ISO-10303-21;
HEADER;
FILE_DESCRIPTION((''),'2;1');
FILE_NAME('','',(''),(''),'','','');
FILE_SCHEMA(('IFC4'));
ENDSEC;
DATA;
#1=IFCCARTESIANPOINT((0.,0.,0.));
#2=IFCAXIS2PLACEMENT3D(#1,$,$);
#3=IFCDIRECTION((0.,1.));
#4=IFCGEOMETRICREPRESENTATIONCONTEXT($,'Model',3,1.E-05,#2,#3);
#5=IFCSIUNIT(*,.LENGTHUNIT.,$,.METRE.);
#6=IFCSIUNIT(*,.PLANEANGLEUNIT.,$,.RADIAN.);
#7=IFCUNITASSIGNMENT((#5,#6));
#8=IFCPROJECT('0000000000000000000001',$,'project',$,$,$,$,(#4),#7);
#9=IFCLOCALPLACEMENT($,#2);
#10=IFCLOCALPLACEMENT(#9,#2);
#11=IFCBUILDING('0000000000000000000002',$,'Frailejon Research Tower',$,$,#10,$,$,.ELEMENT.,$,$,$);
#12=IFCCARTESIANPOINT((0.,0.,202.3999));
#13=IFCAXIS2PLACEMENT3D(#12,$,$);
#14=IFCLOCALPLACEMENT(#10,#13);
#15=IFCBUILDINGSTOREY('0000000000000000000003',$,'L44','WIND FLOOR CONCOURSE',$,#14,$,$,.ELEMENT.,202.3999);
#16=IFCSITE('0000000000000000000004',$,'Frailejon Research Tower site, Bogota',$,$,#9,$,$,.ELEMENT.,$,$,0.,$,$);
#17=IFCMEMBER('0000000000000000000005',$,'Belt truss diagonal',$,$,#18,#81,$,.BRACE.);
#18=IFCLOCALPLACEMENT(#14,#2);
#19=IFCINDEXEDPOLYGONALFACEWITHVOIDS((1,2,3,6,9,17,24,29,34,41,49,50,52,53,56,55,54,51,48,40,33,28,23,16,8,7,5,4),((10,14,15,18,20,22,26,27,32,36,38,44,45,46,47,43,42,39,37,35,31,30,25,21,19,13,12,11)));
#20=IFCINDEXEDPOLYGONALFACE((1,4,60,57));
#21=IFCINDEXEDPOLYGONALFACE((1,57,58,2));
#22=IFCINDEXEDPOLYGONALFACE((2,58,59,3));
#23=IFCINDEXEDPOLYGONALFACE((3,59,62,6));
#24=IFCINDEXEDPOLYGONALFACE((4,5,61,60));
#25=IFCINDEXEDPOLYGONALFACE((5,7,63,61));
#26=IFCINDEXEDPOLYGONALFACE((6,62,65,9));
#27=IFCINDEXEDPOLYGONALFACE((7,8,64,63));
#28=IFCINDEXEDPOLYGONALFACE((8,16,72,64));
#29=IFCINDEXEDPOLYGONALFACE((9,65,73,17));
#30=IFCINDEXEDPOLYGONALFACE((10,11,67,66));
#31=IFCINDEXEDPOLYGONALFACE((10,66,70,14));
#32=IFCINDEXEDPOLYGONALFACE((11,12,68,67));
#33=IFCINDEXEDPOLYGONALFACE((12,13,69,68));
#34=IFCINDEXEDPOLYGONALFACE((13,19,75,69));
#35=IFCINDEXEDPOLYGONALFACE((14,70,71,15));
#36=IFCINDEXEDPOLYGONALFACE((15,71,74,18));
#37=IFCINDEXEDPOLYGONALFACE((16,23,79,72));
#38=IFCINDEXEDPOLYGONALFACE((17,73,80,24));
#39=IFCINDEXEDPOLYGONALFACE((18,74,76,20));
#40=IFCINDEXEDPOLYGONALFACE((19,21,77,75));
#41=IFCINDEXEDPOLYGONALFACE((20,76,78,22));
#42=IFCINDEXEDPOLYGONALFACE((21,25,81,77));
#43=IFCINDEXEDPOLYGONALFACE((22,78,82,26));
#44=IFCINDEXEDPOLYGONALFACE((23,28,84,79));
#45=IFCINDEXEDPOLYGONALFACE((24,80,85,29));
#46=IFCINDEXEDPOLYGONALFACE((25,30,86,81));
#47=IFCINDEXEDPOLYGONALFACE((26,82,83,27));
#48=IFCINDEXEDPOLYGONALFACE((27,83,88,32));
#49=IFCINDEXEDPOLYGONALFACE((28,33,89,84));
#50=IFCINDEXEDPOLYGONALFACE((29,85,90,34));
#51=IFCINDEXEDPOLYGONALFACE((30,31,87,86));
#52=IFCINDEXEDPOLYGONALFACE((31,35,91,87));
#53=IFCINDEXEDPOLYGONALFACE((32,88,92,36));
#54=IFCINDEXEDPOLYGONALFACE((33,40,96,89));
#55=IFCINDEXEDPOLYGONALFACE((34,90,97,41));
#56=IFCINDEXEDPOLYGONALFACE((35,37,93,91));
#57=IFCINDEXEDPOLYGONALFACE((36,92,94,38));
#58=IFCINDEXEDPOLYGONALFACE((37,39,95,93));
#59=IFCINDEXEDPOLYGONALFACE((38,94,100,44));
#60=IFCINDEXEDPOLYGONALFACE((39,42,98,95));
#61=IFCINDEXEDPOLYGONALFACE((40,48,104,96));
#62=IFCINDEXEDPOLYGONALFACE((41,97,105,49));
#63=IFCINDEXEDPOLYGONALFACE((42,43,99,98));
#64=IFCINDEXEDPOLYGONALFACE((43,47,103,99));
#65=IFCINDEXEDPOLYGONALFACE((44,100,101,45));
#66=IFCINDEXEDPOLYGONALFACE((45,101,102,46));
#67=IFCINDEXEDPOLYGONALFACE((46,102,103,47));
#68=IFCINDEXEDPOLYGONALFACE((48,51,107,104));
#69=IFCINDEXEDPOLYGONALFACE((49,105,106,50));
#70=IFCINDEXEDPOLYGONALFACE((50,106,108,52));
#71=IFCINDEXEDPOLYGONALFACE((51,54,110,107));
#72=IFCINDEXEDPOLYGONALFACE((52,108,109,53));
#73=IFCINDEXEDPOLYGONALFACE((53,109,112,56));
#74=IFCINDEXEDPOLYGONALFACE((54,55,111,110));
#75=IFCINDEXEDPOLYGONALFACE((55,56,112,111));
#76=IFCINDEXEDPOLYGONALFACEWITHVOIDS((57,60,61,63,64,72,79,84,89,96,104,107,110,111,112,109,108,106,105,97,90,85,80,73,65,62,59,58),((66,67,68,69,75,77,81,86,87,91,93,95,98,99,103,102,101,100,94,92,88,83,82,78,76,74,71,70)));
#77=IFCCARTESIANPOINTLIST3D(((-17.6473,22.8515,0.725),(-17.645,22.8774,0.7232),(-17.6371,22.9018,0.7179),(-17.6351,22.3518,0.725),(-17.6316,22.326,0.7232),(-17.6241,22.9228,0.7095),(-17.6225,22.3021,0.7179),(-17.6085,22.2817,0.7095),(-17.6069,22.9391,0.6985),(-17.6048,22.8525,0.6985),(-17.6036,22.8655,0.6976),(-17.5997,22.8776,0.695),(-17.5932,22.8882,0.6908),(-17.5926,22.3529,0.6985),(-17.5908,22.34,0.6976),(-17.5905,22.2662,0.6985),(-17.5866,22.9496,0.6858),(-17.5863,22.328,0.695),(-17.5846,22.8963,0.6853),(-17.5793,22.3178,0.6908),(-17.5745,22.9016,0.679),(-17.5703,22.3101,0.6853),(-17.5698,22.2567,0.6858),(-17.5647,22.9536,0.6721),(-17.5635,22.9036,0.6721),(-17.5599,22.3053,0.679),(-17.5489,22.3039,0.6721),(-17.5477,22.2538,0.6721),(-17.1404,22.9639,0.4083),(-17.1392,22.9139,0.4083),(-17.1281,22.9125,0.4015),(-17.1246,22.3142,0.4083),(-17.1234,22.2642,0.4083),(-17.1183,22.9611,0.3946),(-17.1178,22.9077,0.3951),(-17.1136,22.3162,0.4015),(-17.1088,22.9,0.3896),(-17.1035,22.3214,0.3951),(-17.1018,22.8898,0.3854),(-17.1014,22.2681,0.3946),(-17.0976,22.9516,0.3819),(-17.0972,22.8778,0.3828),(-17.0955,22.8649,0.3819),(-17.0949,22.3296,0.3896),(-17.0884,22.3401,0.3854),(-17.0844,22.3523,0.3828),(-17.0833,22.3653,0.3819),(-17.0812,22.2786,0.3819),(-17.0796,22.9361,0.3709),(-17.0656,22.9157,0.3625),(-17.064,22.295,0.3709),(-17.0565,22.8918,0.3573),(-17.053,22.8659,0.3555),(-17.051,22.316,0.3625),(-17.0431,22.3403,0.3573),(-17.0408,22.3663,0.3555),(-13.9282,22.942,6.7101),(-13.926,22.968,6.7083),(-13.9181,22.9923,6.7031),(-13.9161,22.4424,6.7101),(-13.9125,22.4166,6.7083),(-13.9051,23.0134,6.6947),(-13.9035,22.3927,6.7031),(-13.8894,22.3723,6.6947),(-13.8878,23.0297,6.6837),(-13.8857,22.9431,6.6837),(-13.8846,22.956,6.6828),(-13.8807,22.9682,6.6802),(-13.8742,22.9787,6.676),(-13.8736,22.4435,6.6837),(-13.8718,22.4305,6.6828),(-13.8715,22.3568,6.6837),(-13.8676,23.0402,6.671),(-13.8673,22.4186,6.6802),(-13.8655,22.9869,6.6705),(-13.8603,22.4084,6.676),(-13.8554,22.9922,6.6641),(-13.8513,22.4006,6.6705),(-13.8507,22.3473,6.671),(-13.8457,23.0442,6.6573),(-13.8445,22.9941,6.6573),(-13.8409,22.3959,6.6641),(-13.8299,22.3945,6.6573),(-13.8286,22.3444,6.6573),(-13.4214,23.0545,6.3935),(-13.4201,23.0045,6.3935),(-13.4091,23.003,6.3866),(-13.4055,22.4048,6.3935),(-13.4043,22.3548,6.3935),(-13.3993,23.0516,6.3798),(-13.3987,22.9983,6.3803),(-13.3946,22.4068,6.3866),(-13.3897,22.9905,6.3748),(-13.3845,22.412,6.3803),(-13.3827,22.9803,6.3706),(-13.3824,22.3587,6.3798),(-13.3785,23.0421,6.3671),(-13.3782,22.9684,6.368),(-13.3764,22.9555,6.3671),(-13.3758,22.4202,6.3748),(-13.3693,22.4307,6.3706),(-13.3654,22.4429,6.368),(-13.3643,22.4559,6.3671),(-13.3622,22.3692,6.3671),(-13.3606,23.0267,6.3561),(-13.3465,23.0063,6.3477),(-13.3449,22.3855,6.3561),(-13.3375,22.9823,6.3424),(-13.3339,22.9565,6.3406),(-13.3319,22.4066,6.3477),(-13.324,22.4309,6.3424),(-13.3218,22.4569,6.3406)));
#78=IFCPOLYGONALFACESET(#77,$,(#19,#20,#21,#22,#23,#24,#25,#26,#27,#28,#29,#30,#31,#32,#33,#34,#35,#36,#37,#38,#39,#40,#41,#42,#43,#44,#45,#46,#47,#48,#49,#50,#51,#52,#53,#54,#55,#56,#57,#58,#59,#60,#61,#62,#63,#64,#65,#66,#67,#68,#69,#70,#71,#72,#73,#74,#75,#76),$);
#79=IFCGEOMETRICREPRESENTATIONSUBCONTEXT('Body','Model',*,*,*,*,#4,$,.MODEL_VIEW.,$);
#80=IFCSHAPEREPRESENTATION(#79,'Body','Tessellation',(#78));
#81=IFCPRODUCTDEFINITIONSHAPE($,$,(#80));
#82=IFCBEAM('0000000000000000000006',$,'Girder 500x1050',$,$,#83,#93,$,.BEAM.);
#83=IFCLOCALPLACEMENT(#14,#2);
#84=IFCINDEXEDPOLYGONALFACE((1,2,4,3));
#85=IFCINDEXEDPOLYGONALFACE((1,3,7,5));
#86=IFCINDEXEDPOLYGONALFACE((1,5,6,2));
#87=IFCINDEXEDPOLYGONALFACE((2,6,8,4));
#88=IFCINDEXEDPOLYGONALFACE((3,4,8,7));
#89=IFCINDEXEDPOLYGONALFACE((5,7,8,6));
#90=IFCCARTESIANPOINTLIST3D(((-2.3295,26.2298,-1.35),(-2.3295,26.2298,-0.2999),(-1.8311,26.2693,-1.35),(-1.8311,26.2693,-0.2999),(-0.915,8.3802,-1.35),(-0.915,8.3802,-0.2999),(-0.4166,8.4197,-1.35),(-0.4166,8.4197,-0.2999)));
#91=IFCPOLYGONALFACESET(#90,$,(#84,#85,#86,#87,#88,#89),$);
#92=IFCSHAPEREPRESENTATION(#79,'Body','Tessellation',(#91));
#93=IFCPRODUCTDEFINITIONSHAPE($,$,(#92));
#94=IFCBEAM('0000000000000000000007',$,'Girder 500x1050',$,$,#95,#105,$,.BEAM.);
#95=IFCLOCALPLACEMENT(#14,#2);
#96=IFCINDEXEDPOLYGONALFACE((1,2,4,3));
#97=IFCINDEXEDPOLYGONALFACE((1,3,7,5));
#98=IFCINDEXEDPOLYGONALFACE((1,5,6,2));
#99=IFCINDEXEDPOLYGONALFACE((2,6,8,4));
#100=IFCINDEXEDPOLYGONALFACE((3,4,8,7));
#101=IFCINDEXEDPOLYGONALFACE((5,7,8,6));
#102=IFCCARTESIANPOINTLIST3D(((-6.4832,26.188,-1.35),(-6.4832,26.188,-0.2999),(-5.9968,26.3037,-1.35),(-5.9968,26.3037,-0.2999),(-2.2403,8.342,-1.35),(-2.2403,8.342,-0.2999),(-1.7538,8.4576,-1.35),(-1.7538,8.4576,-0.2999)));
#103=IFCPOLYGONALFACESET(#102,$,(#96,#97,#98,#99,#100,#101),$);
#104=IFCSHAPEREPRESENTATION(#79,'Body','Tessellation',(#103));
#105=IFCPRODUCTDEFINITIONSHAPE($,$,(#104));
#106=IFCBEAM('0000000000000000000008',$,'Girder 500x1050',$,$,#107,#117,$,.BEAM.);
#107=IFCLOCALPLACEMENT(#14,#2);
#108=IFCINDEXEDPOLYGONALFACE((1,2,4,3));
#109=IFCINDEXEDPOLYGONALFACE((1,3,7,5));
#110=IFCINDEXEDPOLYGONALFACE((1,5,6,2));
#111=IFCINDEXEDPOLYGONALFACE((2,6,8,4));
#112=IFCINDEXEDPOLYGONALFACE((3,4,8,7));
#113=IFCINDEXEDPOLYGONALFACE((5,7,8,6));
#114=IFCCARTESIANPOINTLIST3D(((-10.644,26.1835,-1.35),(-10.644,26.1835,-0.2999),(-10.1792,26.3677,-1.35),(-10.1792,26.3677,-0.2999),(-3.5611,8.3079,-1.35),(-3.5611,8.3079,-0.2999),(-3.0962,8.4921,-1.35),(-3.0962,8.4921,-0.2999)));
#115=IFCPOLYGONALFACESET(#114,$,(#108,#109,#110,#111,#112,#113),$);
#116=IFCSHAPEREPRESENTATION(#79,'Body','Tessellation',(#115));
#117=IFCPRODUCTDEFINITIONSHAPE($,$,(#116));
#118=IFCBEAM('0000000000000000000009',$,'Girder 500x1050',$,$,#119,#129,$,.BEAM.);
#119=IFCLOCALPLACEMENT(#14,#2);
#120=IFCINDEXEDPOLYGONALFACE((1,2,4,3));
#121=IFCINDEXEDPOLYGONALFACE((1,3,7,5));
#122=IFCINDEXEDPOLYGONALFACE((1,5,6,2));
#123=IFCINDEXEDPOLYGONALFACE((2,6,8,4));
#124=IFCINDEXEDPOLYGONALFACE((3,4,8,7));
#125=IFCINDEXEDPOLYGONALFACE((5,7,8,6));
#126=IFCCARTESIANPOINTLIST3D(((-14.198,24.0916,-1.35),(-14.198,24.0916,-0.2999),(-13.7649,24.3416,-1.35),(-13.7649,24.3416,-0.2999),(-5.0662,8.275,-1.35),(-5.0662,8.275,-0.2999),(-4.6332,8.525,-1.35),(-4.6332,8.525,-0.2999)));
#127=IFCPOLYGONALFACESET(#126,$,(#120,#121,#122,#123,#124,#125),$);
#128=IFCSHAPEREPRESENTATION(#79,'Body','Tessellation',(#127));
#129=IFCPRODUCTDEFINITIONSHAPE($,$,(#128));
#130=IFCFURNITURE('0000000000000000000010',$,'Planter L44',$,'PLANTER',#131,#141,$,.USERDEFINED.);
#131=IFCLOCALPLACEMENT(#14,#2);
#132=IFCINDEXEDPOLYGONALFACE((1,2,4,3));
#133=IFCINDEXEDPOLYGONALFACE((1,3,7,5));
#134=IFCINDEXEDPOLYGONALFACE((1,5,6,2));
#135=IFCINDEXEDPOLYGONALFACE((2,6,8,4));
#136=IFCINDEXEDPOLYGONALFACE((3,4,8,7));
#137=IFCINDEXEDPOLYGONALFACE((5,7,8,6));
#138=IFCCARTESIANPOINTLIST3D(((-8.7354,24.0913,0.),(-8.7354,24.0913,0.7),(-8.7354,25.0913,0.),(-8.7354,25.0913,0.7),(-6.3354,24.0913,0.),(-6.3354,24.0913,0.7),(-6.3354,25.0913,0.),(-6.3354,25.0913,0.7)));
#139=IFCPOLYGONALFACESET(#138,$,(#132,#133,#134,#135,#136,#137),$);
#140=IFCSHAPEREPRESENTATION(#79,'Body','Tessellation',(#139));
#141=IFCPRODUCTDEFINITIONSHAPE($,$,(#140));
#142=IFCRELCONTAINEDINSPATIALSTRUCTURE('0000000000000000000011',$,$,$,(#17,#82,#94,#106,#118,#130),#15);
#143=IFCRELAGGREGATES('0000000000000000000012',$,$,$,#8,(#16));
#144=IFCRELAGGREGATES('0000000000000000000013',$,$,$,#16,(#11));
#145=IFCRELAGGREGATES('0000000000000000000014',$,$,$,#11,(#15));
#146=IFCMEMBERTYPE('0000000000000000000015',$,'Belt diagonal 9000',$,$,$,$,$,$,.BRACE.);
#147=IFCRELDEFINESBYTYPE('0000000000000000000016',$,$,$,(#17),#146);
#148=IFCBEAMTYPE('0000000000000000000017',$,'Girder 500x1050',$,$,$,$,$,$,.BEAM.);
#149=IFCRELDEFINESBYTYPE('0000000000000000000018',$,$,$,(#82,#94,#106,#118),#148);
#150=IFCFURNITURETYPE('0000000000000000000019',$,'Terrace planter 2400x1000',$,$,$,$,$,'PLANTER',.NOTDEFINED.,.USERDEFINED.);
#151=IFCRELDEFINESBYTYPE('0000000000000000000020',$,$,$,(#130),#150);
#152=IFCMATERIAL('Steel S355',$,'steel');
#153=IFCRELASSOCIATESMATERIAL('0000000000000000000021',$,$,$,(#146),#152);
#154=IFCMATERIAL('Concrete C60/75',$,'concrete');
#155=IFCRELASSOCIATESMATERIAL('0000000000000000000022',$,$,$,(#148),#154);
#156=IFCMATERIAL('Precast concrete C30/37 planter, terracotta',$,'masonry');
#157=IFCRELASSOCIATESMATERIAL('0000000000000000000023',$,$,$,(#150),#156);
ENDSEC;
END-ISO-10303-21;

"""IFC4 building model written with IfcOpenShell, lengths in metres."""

from ifc_helpers import new_model, si_unit, direction, frame, origin, origin_2d, place, context, subcontext, project, spatial, rectangle, hollow_rectangle, extrude, material, material_profile, profile_set, type_object, element, save


model = new_model("IFC4")

# Units and contexts
model_context = context("Model", 3, precision=1e-05, world=origin(), true_north=direction((0.0, 1.0)))
body_context = subcontext(model_context, "Body", "Model", "MODEL_VIEW")
ifc_project = project(units=[si_unit("LENGTHUNIT", "METRE"), si_unit("PLANEANGLEUNIT", "RADIAN")], contexts=[model_context])

# Site, building, storey
site_placement = place(None, origin())
site = spatial("IfcSite", under=ifc_project, at=site_placement, Name="Frailejon Research Tower site, Bogota", CompositionType="ELEMENT", RefElevation=0.0)
building_placement = place(site_placement, origin())
building = spatial("IfcBuilding", under=site, at=building_placement, Name="Frailejon Research Tower", CompositionType="ELEMENT")
storey_placement = place(building_placement, frame((0.0, 0.0, 202.3999)))
storey = spatial("IfcBuildingStorey", under=building, at=storey_placement, Name="L44", Description="WIND FLOOR CONCOURSE", CompositionType="ELEMENT", Elevation=202.3999)

# Member
ifc_material_1 = material(Name="Steel S355", Category="steel")
ifc_material_profile_1 = material_profile(ifc_material_1, hollow_rectangle(XDim=0.7, YDim=0.7, WallThickness=0.05, InnerFilletRadius=0.05, OuterFilletRadius=0.1001, at=origin_2d()), Name="Belt diagonal 9000")
ifc_profile_set_1 = profile_set([ifc_material_profile_1], Name="Steel S355")
member_type = type_object("IfcMemberType", Name="Belt diagonal 9000", PredefinedType="BRACE", material=ifc_profile_set_1)
for number, where, z_axis, x_axis, name in (
    (1, (-13.625, 22.6995, 6.5254), (-0.527739, -0.012853, -0.849309), (0.024348, -0.999704, 0.0), "Belt truss diagonal"),
):
    element("IfcMember", number, at=place(storey_placement, frame(where, z_axis=z_axis, x_axis=x_axis)), inside=storey, type_object=member_type, Name=name, PredefinedType="BRACE", context=body_context, shape_type="SweptSolid", body=[
        extrude(hollow_rectangle(XDim=0.7, YDim=0.7, WallThickness=0.05, InnerFilletRadius=0.05, OuterFilletRadius=0.1001, at=origin_2d()), origin(), (0.0, 0.0, 1.0), 7.0471),
    ])

# Beams
ifc_material_2 = material(Name="Concrete C60/75", Category="concrete")
ifc_material_profile_2 = material_profile(ifc_material_2, rectangle(XDim=0.5, YDim=1.05, at=origin_2d()), Name="Girder 500x1050")
ifc_profile_set_2 = profile_set([ifc_material_profile_2], Name="Concrete C60/75")
beam_type_1 = type_object("IfcBeamType", Name="Girder 500x1050", PredefinedType="BEAM", material=ifc_profile_set_2)
beam_1_placement = place(storey_placement, frame((-2.0803, 26.2495, -0.825), z_axis=(0.079001, -0.996875, 0.0), x_axis=(0.996875, 0.079001, 0.0)))
element("IfcBeam", 2, at=beam_1_placement, inside=storey, type_object=beam_type_1, Name="Girder 500x1050", PredefinedType="BEAM", context=body_context, shape_type="SweptSolid", body=[
    extrude(rectangle(XDim=0.5, YDim=1.05, at=origin_2d()), origin(), (0.0, 0.0, 1.0), 17.9055),
])
beam_2_placement = place(storey_placement, frame((-6.24, 26.2458, -0.825), z_axis=(0.231305, -0.972881, 0.0), x_axis=(0.972881, 0.231305, 0.0)))
element("IfcBeam", 3, at=beam_2_placement, inside=storey, type_object=beam_type_1, Name="Girder 500x1050", PredefinedType="BEAM", context=body_context, shape_type="SweptSolid", body=[
    extrude(rectangle(XDim=0.5, YDim=1.05, at=origin_2d()), origin(), (0.0, 0.0, 1.0), 18.3435),
])
beam_3_placement = place(storey_placement, frame((-10.4116, 26.2756, -0.825), z_axis=(0.368372, -0.929678, 0.0), x_axis=(0.929678, 0.368372, 0.0)))
element("IfcBeam", 4, at=beam_3_placement, inside=storey, type_object=beam_type_1, Name="Girder 500x1050", PredefinedType="BEAM", context=body_context, shape_type="SweptSolid", body=[
    extrude(rectangle(XDim=0.5, YDim=1.05, at=origin_2d()), origin(), (0.0, 0.0, 1.0), 19.2278),
])
beam_4_placement = place(storey_placement, frame((-13.9814, 24.2166, -0.825), z_axis=(0.500004, -0.866023, 0.0), x_axis=(0.866023, 0.500004, 0.0)))
element("IfcBeam", 5, at=beam_4_placement, inside=storey, type_object=beam_type_1, Name="Girder 500x1050", PredefinedType="BEAM", context=body_context, shape_type="SweptSolid", body=[
    extrude(rectangle(XDim=0.5, YDim=1.05, at=origin_2d()), origin(), (0.0, 0.0, 1.0), 18.2634),
])

# Furniture
ifc_material_3 = material(Name="Precast concrete C30/37 planter, terracotta", Category="masonry")
furniture_type = type_object("IfcFurnitureType", Name="Terrace planter 2400x1000", ElementType="PLANTER", AssemblyPlace="NOTDEFINED", PredefinedType="USERDEFINED", material=ifc_material_3)
furniture_placement = place(storey_placement, frame((-7.5354, 24.5913, 0.0), z_axis=(0.0, 0.0, 1.0), x_axis=(-1.0, 0.0, 0.0)))
element("IfcFurniture", 6, at=furniture_placement, inside=storey, type_object=furniture_type, Name="Planter L44", ObjectType="PLANTER", PredefinedType="USERDEFINED", context=body_context, shape_type="SweptSolid", body=[
    extrude(rectangle(XDim=2.3999, YDim=1.0, at=origin_2d()), origin(), (0.0, 0.0, 1.0), 0.7),
])

save(model, "model.ifc")
